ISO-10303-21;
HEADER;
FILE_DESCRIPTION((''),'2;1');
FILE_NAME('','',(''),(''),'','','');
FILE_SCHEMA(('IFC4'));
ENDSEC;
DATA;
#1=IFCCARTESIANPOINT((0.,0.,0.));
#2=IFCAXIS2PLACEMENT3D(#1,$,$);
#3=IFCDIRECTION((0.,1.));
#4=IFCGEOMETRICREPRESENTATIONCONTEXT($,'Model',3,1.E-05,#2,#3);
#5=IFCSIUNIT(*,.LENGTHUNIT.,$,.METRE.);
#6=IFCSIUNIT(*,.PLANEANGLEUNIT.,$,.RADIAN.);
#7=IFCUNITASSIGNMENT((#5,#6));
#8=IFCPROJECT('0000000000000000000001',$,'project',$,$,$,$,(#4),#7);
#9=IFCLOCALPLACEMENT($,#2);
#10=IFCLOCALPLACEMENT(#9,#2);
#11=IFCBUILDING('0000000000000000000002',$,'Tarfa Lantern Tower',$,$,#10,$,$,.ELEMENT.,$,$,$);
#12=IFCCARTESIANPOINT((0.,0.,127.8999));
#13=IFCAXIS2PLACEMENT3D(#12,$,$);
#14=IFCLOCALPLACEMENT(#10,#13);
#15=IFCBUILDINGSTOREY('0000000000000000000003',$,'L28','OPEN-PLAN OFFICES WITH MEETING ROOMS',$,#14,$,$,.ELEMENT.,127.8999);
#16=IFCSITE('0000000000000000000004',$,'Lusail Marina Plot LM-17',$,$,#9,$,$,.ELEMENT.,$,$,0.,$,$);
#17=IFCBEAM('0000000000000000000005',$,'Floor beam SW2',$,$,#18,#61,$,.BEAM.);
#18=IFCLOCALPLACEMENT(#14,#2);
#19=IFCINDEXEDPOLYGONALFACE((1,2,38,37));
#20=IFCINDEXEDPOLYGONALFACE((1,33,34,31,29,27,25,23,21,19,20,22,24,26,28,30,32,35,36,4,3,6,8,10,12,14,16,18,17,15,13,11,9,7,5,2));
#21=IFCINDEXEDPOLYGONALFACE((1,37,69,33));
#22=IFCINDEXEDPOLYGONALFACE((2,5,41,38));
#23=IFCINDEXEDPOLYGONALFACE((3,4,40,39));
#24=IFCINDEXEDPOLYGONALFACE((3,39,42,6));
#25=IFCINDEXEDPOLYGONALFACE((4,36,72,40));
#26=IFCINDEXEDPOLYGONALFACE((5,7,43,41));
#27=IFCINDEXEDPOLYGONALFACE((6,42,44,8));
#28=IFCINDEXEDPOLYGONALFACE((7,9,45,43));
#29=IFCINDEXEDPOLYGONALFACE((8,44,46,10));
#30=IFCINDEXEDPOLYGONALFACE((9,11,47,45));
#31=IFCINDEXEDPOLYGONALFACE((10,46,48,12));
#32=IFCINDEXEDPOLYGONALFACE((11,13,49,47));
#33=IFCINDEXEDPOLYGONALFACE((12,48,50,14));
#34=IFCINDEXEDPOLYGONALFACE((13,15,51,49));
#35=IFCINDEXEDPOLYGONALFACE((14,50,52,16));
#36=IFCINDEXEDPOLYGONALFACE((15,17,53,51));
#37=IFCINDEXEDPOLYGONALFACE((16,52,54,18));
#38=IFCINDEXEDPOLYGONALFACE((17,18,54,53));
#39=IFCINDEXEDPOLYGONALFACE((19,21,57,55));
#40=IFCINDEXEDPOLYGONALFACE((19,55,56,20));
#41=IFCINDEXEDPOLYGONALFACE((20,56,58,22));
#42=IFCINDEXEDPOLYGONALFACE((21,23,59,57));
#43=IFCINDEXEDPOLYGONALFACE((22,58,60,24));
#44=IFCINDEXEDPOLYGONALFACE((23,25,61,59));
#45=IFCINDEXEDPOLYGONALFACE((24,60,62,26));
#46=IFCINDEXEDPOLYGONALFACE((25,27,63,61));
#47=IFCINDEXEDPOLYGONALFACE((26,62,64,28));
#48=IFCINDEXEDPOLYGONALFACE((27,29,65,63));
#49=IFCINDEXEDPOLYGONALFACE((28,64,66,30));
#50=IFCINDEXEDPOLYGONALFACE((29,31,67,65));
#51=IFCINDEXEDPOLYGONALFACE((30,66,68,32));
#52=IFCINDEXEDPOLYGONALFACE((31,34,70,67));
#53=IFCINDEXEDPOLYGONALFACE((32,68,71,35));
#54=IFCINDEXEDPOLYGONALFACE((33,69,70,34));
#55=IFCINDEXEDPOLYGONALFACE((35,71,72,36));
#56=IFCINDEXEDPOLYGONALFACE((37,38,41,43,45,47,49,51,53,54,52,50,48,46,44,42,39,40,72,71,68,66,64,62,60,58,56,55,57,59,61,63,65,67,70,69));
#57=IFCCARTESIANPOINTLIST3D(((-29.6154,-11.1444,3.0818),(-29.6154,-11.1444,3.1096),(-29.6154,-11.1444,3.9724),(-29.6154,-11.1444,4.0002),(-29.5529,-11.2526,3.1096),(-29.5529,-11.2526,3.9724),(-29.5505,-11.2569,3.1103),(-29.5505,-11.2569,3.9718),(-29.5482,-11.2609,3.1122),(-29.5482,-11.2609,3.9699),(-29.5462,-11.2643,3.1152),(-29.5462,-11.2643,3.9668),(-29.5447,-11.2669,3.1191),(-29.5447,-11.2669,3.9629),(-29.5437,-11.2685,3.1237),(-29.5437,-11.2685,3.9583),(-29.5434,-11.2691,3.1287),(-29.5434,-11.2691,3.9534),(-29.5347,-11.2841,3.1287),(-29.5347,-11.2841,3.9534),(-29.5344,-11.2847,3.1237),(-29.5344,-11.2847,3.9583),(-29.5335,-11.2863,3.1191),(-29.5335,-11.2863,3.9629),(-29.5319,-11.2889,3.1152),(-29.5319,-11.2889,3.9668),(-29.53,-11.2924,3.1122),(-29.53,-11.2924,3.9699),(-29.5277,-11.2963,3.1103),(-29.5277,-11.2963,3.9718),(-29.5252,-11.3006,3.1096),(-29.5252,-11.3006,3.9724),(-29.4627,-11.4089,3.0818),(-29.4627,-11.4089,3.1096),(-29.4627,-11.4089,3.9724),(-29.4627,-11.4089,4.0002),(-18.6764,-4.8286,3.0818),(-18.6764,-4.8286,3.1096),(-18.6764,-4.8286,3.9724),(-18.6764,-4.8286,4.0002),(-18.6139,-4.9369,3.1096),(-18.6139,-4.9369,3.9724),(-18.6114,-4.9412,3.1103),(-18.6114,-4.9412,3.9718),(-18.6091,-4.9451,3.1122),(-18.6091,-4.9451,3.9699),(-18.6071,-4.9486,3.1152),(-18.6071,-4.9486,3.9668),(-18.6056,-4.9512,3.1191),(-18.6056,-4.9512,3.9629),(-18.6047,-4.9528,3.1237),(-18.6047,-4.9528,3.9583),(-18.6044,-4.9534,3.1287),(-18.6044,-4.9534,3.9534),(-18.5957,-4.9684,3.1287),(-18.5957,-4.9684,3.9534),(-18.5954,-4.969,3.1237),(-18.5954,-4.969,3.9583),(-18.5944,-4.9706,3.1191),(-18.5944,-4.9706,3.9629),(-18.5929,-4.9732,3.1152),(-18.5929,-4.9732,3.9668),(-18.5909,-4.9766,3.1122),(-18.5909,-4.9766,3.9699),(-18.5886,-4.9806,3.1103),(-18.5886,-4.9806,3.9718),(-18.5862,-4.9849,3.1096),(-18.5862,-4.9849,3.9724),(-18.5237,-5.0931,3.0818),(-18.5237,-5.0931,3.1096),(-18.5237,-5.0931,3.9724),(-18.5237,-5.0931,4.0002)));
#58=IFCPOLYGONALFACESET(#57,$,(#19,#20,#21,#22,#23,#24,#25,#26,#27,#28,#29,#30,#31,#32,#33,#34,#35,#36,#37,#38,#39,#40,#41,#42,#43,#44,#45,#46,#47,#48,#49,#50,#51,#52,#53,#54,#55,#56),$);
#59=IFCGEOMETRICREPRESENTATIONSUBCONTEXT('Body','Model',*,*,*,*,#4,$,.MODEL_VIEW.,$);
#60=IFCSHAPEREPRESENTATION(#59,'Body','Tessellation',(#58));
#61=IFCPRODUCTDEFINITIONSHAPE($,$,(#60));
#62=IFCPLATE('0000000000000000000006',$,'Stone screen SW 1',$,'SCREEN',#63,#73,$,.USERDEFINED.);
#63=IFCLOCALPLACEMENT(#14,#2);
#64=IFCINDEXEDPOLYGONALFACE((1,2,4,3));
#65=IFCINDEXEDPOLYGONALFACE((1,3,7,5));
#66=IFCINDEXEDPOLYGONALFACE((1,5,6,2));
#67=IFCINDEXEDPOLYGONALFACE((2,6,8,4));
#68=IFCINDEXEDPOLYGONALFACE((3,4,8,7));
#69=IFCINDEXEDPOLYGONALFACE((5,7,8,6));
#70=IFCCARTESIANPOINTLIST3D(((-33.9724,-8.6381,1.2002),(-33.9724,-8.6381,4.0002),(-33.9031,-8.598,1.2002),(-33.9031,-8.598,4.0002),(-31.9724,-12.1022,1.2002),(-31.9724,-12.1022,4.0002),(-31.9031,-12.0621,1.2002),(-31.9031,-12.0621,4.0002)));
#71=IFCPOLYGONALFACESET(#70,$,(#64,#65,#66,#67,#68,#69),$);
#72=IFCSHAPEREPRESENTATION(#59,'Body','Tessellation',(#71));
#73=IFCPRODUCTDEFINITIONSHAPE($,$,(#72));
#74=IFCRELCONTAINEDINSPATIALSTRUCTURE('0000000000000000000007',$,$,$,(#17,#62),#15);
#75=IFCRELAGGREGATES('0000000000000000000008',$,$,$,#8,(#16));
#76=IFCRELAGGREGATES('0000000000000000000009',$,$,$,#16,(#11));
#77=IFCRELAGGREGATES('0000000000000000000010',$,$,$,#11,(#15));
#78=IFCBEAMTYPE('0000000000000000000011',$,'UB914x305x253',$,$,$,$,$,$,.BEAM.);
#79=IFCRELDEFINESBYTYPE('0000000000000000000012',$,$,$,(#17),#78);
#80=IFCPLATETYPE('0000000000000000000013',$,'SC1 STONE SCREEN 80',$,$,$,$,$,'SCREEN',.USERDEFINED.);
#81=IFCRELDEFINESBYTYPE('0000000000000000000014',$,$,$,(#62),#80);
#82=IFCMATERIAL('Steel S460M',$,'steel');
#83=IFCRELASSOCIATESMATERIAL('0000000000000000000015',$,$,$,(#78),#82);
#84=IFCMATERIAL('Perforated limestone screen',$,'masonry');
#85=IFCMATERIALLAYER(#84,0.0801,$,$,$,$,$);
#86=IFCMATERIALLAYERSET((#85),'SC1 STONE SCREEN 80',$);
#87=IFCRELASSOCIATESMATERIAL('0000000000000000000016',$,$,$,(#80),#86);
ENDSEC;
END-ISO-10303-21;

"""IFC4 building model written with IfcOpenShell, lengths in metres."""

from ifc_helpers import new_model, si_unit, direction, frame, origin, origin_2d, place, context, subcontext, project, spatial, rectangle, i_section, extrude, material, layer, layer_set, material_profile, profile_set, type_object, element, save


model = new_model("IFC4")

# Units and contexts
model_context = context("Model", 3, precision=1e-05, world=origin(), true_north=direction((0.0, 1.0)))
body_context = subcontext(model_context, "Body", "Model", "MODEL_VIEW")
ifc_project = project(units=[si_unit("LENGTHUNIT", "METRE"), si_unit("PLANEANGLEUNIT", "RADIAN")], contexts=[model_context])

# Site, building, storey
site_placement = place(None, origin())
site = spatial("IfcSite", under=ifc_project, at=site_placement, Name="Lusail Marina Plot LM-17", CompositionType="ELEMENT", RefElevation=0.0)
building_placement = place(site_placement, origin())
building = spatial("IfcBuilding", under=site, at=building_placement, Name="Tarfa Lantern Tower", CompositionType="ELEMENT")
storey_placement = place(building_placement, frame((0.0, 0.0, 127.8999)))
storey = spatial("IfcBuildingStorey", under=building, at=storey_placement, Name="L28", Description="OPEN-PLAN OFFICES WITH MEETING ROOMS", CompositionType="ELEMENT", Elevation=127.8999)

# Beam
ifc_material_1 = material(Name="Steel S460M", Category="steel")
ifc_material_profile_1 = material_profile(ifc_material_1, i_section(OverallWidth=0.3054, OverallDepth=0.9185, WebThickness=0.0173, FlangeThickness=0.0278, FilletRadius=0.019, at=origin_2d()), Name="UB914x305x253")
ifc_profile_set_1 = profile_set([ifc_material_profile_1], Name="Steel S460M")
beam_type_1 = type_object("IfcBeamType", Name="UB914x305x253", PredefinedType="BEAM", material=ifc_profile_set_1)
beam_1_placement = place(storey_placement, frame((-29.5391, -11.2766, 3.541), z_axis=(0.866023, 0.500004, 0.0), x_axis=(-0.500004, 0.866023, 0.0)))
element("IfcBeam", 1, at=beam_1_placement, inside=storey, type_object=beam_type_1, Name="Floor beam SW2", PredefinedType="BEAM", context=body_context, shape_type="SweptSolid", body=[
    extrude(i_section(OverallWidth=0.3054, OverallDepth=0.9185, WebThickness=0.0173, FlangeThickness=0.0278, FilletRadius=0.019, at=origin_2d()), origin(), (0.0, 0.0, 1.0), 12.6313),
])

# Plate
ifc_material_2 = material(Name="Perforated limestone screen", Category="masonry")
ifc_layer_1 = layer(ifc_material_2, 0.0801)
ifc_layer_set_1 = layer_set([ifc_layer_1], Name="SC1 STONE SCREEN 80")
plate_type = type_object("IfcPlateType", Name="SC1 STONE SCREEN 80", ElementType="SCREEN", PredefinedType="USERDEFINED", material=ifc_layer_set_1)
plate_placement = place(storey_placement, frame((-32.9377, -10.3501, 1.2002), z_axis=(0.0, 0.0, 1.0), x_axis=(0.5, -0.866025, 0.0)))
element("IfcPlate", 2, at=plate_placement, inside=storey, type_object=plate_type, Name="Stone screen SW 1", ObjectType="SCREEN", PredefinedType="USERDEFINED", context=body_context, shape_type="SweptSolid", body=[
    extrude(rectangle(XDim=4.0, YDim=0.0801, at=origin_2d()), origin(), (0.0, 0.0, 1.0), 2.8),
])

save(model, "model.ifc")
